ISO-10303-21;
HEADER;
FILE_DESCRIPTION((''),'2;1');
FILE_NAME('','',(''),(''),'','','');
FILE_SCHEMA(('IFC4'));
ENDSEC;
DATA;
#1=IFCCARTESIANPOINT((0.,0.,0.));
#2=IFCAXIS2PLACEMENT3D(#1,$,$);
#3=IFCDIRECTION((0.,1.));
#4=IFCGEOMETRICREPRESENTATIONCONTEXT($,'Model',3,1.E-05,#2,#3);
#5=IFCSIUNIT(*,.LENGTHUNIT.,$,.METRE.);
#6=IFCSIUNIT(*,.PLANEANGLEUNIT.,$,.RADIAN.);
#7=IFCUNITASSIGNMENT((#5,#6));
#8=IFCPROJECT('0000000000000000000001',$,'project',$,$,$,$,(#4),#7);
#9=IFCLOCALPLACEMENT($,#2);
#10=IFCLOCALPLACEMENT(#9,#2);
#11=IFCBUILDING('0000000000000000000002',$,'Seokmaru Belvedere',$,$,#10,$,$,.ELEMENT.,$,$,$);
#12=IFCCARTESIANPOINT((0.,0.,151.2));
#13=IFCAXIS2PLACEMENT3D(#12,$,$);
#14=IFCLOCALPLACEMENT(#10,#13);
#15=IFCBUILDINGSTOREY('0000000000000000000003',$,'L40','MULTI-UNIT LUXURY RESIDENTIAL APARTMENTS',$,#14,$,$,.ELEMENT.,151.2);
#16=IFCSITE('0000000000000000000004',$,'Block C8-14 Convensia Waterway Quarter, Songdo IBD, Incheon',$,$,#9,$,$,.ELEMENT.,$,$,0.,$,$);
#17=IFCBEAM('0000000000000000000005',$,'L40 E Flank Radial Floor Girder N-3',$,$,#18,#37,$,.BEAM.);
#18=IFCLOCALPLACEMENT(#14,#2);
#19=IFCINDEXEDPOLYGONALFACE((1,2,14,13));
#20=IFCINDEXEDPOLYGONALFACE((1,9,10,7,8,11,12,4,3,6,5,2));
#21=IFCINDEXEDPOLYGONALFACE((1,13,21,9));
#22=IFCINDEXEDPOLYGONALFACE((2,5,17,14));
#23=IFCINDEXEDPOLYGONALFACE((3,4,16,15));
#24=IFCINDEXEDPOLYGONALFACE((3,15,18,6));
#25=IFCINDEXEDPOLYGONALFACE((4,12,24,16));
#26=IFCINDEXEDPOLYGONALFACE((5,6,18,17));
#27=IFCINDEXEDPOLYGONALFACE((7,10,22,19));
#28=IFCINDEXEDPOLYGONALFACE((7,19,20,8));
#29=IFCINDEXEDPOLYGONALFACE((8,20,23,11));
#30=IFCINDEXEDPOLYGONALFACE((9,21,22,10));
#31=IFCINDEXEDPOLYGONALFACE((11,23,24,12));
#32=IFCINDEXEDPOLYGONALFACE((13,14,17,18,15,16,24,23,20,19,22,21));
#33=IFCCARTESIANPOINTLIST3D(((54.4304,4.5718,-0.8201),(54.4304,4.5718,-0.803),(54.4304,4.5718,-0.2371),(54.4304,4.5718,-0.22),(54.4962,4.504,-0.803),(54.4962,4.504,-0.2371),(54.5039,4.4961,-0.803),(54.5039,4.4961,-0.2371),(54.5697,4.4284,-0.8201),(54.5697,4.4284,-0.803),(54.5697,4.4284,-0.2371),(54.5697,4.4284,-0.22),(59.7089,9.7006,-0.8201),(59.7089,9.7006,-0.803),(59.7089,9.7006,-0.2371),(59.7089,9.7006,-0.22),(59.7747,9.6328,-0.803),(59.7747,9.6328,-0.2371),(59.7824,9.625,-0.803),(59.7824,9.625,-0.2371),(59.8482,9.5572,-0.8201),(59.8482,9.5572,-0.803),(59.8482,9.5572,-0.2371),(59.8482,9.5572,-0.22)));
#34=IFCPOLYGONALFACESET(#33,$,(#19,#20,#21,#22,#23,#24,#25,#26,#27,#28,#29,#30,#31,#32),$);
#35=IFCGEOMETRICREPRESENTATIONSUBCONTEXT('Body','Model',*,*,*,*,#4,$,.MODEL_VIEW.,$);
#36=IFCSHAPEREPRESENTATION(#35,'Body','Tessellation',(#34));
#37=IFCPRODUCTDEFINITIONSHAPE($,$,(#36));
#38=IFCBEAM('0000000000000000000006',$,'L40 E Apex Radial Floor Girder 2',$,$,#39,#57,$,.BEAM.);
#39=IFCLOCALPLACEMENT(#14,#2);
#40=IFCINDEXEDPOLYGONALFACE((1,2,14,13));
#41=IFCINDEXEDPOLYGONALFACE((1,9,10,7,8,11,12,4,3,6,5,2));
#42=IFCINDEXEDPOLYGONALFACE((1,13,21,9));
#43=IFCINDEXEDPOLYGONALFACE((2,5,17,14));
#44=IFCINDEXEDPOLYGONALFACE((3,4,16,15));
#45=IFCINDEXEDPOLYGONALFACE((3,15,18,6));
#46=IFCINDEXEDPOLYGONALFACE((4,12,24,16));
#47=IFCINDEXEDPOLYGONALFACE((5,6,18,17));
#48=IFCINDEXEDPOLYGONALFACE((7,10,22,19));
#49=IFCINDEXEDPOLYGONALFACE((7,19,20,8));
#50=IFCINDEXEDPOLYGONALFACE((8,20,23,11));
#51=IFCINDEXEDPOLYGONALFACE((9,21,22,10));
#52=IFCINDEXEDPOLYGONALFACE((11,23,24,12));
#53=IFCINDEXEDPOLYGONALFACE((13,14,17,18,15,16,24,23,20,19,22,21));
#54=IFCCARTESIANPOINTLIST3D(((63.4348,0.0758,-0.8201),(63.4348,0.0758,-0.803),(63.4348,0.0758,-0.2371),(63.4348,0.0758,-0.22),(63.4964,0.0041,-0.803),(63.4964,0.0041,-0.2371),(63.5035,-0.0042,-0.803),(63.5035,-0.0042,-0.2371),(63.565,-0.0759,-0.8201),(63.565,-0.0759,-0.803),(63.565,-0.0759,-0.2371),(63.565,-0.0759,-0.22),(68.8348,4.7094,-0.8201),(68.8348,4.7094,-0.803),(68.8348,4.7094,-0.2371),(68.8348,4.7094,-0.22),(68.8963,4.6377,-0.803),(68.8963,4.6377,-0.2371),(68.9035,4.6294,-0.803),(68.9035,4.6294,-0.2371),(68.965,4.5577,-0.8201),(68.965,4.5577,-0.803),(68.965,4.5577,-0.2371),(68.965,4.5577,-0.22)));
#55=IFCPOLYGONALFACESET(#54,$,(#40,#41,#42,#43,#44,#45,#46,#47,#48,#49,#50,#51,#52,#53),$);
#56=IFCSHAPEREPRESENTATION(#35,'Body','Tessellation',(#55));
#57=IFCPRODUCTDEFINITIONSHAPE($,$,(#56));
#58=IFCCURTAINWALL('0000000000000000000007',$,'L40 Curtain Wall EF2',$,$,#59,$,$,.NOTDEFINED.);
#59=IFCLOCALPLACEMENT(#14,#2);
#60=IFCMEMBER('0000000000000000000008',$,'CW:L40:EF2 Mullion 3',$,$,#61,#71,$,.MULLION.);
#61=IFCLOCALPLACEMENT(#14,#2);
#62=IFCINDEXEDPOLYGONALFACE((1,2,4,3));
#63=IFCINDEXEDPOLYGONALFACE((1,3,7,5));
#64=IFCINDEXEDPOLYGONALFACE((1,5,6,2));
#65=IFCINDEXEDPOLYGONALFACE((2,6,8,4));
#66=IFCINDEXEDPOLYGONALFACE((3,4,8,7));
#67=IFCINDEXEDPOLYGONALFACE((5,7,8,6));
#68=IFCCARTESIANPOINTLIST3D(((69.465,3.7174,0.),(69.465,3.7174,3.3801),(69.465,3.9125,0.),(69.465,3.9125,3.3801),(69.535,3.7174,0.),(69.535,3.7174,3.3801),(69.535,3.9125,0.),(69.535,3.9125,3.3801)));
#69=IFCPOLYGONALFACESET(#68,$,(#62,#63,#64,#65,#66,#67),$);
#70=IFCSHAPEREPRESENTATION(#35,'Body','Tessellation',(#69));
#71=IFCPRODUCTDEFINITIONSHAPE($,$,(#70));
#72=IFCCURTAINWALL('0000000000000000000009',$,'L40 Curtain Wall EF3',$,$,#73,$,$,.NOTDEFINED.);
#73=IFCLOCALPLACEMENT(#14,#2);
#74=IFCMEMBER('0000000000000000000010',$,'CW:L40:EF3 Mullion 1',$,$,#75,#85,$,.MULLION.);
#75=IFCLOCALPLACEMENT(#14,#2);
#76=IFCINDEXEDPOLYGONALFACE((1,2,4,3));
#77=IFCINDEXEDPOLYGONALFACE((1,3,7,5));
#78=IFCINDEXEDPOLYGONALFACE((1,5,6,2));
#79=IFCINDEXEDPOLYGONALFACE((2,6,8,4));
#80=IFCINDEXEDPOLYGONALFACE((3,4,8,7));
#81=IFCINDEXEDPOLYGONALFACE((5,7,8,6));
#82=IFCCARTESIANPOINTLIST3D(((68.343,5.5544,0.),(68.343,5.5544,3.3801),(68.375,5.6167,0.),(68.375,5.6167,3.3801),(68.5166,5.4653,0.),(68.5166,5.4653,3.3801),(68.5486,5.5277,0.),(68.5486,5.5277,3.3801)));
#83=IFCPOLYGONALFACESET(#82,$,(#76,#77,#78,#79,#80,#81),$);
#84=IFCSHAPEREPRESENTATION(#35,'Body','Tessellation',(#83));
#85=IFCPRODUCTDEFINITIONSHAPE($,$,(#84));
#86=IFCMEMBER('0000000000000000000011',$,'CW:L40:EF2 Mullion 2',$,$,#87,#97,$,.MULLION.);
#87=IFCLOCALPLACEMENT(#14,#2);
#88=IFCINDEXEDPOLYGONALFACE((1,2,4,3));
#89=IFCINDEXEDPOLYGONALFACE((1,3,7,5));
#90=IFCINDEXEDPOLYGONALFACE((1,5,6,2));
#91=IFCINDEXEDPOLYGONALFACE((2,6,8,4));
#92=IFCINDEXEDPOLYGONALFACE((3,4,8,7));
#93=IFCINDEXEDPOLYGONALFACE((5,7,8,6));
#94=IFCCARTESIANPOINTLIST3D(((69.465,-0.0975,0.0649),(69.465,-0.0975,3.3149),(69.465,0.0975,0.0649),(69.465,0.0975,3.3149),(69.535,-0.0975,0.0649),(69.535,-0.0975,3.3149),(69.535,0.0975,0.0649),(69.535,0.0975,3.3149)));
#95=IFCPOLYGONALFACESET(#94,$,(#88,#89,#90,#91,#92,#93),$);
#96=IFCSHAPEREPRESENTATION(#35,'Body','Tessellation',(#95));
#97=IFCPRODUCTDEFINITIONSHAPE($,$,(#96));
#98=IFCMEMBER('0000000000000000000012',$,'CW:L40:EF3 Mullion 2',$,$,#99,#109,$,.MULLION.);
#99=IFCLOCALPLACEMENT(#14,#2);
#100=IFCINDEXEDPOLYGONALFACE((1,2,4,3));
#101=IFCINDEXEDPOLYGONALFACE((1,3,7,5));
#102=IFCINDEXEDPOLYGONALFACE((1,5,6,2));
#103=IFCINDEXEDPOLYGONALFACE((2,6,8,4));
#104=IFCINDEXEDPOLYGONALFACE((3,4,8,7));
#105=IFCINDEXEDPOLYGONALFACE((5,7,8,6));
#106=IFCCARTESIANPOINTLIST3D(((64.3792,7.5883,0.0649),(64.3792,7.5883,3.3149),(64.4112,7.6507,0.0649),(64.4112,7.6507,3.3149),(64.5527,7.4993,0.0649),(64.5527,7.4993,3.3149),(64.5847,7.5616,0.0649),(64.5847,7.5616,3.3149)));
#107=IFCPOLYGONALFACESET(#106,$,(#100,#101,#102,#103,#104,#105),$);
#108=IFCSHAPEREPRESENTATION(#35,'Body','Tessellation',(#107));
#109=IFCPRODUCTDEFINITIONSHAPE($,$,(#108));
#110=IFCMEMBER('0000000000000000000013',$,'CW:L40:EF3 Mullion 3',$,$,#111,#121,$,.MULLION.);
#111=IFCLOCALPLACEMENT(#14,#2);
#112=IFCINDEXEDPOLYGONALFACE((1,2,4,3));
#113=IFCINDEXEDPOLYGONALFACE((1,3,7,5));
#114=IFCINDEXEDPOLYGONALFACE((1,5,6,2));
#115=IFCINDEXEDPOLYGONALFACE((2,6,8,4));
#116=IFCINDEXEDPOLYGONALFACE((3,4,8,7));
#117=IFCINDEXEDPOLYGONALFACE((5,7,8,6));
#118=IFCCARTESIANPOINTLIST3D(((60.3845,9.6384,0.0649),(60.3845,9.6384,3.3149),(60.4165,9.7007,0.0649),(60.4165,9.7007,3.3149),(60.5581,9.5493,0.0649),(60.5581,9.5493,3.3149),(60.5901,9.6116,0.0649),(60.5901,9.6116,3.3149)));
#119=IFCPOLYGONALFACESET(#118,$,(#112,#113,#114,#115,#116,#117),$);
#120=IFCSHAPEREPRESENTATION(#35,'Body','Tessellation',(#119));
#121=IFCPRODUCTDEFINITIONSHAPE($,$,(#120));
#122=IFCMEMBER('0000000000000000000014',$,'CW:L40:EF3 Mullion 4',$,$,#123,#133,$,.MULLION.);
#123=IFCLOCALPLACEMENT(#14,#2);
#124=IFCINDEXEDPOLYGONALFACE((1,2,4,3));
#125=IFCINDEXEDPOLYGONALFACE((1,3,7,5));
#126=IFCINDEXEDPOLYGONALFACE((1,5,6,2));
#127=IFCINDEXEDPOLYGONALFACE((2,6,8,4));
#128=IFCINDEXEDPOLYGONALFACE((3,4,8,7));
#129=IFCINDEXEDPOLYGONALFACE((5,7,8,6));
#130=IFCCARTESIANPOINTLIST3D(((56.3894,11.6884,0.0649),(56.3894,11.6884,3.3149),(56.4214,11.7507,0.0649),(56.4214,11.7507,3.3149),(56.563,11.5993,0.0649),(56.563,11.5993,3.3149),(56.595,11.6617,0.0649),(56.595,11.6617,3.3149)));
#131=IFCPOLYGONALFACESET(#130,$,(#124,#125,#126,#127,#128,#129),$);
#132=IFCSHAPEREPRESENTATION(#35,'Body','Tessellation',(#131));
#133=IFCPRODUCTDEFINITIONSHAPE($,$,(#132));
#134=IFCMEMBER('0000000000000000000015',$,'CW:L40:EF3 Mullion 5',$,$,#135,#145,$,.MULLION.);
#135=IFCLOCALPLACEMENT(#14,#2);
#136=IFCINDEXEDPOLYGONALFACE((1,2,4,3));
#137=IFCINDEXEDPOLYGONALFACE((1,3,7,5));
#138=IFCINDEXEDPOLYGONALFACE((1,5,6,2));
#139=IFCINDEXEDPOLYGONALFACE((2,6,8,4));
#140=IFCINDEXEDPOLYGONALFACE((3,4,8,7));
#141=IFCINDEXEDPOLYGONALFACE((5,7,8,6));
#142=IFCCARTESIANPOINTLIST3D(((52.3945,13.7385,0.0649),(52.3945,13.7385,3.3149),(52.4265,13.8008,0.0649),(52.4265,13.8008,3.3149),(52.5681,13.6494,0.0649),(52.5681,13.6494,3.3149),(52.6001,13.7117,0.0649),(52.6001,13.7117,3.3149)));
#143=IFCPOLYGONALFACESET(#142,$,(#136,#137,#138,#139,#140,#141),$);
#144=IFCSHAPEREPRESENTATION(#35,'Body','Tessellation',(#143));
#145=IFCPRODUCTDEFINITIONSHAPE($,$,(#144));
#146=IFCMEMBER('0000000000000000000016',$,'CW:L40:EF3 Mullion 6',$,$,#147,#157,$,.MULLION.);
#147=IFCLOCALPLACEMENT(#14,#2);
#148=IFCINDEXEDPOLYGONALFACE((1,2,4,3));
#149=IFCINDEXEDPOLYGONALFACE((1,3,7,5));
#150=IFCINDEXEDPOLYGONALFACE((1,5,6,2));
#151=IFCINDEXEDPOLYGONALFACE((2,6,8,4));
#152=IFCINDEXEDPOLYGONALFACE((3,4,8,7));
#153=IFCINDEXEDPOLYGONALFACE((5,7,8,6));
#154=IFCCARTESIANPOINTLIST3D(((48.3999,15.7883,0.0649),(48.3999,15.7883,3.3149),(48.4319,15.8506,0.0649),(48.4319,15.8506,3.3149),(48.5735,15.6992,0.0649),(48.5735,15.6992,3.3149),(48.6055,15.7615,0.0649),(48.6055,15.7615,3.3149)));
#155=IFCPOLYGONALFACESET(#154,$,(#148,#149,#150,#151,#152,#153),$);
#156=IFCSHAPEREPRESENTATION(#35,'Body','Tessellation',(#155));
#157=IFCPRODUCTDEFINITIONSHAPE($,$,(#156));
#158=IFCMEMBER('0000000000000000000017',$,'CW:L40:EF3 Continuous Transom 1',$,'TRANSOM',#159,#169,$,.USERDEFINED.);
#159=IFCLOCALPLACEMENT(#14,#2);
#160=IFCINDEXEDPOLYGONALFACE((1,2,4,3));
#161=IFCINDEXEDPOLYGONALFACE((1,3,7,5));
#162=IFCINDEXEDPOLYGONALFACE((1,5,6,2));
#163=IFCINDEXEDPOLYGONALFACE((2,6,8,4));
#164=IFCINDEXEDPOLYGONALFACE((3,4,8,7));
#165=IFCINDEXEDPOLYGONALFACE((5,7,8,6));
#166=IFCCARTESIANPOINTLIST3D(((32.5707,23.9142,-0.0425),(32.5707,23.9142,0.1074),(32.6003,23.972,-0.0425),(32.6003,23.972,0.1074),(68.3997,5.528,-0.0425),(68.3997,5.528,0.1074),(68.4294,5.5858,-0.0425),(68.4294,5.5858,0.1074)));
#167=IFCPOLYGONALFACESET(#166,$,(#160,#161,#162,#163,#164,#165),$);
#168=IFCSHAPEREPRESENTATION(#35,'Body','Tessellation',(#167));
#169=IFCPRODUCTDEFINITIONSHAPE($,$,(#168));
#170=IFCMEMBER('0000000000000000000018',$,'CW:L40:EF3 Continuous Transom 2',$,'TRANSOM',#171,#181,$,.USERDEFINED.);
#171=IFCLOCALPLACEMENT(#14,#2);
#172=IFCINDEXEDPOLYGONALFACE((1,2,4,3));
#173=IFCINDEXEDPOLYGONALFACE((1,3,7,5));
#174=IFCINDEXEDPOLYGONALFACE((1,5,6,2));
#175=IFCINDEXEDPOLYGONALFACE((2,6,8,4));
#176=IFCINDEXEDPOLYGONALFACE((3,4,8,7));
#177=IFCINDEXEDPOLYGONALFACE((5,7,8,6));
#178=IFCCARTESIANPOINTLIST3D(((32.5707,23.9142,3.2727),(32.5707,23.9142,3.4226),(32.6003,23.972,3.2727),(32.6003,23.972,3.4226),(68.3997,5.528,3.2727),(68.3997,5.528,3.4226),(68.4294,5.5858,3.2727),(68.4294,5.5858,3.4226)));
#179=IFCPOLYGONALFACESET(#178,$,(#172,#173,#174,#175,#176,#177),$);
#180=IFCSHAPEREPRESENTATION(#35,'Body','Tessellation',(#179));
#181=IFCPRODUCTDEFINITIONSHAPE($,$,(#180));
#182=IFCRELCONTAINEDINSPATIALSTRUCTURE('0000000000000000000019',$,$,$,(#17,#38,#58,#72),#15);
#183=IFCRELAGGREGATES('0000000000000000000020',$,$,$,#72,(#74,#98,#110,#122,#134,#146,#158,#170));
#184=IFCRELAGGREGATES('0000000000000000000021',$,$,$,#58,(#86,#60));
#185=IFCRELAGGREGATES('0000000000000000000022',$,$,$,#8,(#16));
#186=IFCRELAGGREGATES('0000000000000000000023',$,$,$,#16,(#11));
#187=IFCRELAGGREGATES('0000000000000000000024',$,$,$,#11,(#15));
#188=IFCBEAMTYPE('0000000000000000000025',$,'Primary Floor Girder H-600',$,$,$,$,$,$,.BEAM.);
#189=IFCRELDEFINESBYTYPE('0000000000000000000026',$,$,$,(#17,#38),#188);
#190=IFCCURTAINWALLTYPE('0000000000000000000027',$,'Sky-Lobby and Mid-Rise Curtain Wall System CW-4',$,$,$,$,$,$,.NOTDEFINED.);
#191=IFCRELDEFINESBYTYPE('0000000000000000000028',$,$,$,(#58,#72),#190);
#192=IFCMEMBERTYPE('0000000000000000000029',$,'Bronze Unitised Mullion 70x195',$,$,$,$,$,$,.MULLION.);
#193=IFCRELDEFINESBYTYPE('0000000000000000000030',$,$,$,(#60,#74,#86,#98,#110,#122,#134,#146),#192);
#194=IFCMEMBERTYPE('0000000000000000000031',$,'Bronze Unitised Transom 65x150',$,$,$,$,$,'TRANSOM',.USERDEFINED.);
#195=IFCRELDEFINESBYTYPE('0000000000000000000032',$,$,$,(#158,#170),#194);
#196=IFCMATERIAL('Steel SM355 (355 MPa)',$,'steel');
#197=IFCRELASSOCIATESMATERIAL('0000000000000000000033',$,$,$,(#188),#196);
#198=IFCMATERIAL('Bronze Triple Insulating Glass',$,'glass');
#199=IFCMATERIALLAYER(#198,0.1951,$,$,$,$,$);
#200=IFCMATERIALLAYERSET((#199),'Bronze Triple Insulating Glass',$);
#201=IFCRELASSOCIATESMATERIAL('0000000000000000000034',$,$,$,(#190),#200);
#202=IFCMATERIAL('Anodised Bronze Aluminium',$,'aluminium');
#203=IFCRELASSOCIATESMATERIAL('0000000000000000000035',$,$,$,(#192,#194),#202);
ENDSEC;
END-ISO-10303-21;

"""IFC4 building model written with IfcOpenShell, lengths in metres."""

from ifc_helpers import new_model, si_unit, direction, frame, origin, origin_2d, place, context, subcontext, project, spatial, rectangle, i_section, extrude, source, transform, mapped, material, layer, layer_set, material_profile, profile_set, type_object, type_shapes, element, aggregate, save


model = new_model("IFC4")

# Units and contexts
model_context = context("Model", 3, precision=1e-05, world=origin(), true_north=direction((0.0, 1.0)))
body_context = subcontext(model_context, "Body", "Model", "MODEL_VIEW")
ifc_project = project(units=[si_unit("LENGTHUNIT", "METRE"), si_unit("PLANEANGLEUNIT", "RADIAN")], contexts=[model_context])

# Site, building, storey
site_placement = place(None, origin())
site = spatial("IfcSite", under=ifc_project, at=site_placement, Name="Block C8-14 Convensia Waterway Quarter, Songdo IBD, Incheon", CompositionType="ELEMENT", RefElevation=0.0)
building_placement = place(site_placement, origin())
building = spatial("IfcBuilding", under=site, at=building_placement, Name="Seokmaru Belvedere", CompositionType="ELEMENT")
storey_placement = place(building_placement, frame((0.0, 0.0, 151.2)))
storey = spatial("IfcBuildingStorey", under=building, at=storey_placement, Name="L40", Description="MULTI-UNIT LUXURY RESIDENTIAL APARTMENTS", CompositionType="ELEMENT", Elevation=151.2)

# Shared definitions
ifc_material_1 = material(Name="Steel SM355 (355 MPa)", Category="steel")

# Beams
ifc_material_profile_1 = material_profile(ifc_material_1, i_section(OverallWidth=0.2, OverallDepth=0.6001, WebThickness=0.011, FlangeThickness=0.0171, at=origin_2d()), Name="H-600x200x11x17")
ifc_profile_set_1 = profile_set([ifc_material_profile_1], Name="Steel SM355 (355 MPa)")
beam_type_1 = type_object("IfcBeamType", Name="Primary Floor Girder H-600", PredefinedType="BEAM", material=ifc_profile_set_1)
shared_shape_1 = source(origin(), body_context, "Body", "SweptSolid", [
    extrude(i_section(OverallWidth=0.2, OverallDepth=0.6001, WebThickness=0.011, FlangeThickness=0.0171, at=origin_2d()), origin(), (0.0, 0.0, 1.0), 7.3599),
])
beam_1_placement = place(storey_placement, frame((59.7786, 9.6289, -0.52), z_axis=(-0.717201, -0.696867, 0.0), x_axis=(0.696867, -0.717201, 0.0)))
element("IfcBeam", 1, at=beam_1_placement, inside=storey, type_object=beam_type_1, Name="L40 E Flank Radial Floor Girder N-3", PredefinedType="BEAM", context=body_context, shape_type="MappedRepresentation", body=[
    mapped(shared_shape_1, transform((0.0, 0.0, 0.0), scale=1.0)),
])
shared_shape_2 = source(origin(), body_context, "Body", "SweptSolid", [
    extrude(i_section(OverallWidth=0.2, OverallDepth=0.6001, WebThickness=0.011, FlangeThickness=0.0171, at=origin_2d()), origin(), (0.0, 0.0, 1.0), 7.1155),
])
beam_2_placement = place(storey_placement, frame((68.8999, 4.6335, -0.52), z_axis=(-0.758905, -0.651201, 0.0), x_axis=(0.651201, -0.758905, 0.0)))
element("IfcBeam", 2, at=beam_2_placement, inside=storey, type_object=beam_type_1, Name="L40 E Apex Radial Floor Girder 2", PredefinedType="BEAM", context=body_context, shape_type="MappedRepresentation", body=[
    mapped(shared_shape_2, transform((0.0, 0.0, 0.0), scale=1.0)),
])

# Curtain walls, members
ifc_material_2 = material(Name="Bronze Triple Insulating Glass", Category="glass")
ifc_layer_1 = layer(ifc_material_2, 0.1951)
ifc_layer_set_1 = layer_set([ifc_layer_1], Name="Bronze Triple Insulating Glass")
curtain_wall_type = type_object("IfcCurtainWallType", Name="Sky-Lobby and Mid-Rise Curtain Wall System CW-4", PredefinedType="NOTDEFINED", material=ifc_layer_set_1)
curtain_wall_1_placement = place(storey_placement, origin())
curtain_wall_1 = element("IfcCurtainWall", 3, at=curtain_wall_1_placement, inside=storey, type_object=curtain_wall_type, Name="L40 Curtain Wall EF2", PredefinedType="NOTDEFINED")
ifc_material_3 = material(Name="Anodised Bronze Aluminium", Category="aluminium")
ifc_material_profile_2 = material_profile(ifc_material_3, rectangle(XDim=0.0701, YDim=0.1951, at=origin_2d()), Name="CW-M-70x195")
ifc_profile_set_2 = profile_set([ifc_material_profile_2], Name="Anodised Bronze Aluminium")
member_type_1 = type_object("IfcMemberType", Name="Bronze Unitised Mullion 70x195", PredefinedType="MULLION", material=ifc_profile_set_2)
shared_shape_3 = source(origin(), body_context, "Body", "SweptSolid", [
    extrude(rectangle(XDim=0.0701, YDim=0.1951, at=origin_2d()), origin(), (0.0, 0.0, 1.0), 3.3801),
])
member_1_placement = place(storey_placement, frame((69.5, 3.8149, 0.0), z_axis=(0.0, 0.0, 1.0), x_axis=(-1.0, 0.0, 0.0)))
member_1 = element("IfcMember", 4, at=member_1_placement, type_object=member_type_1, Name="CW:L40:EF2 Mullion 3", PredefinedType="MULLION", context=body_context, shape_type="MappedRepresentation", body=[
    mapped(shared_shape_3, transform((0.0, 0.0, 0.0), scale=1.0)),
])
curtain_wall_2_placement = place(storey_placement, origin())
curtain_wall_2 = element("IfcCurtainWall", 5, at=curtain_wall_2_placement, inside=storey, type_object=curtain_wall_type, Name="L40 Curtain Wall EF3", PredefinedType="NOTDEFINED")
member_2_placement = place(storey_placement, frame((68.4458, 5.541, 0.0), z_axis=(0.0, 0.0, 1.0), x_axis=(-0.456555, -0.889695, 0.0)))
member_2 = element("IfcMember", 6, at=member_2_placement, type_object=member_type_1, Name="CW:L40:EF3 Mullion 1", PredefinedType="MULLION", context=body_context, shape_type="MappedRepresentation", body=[
    mapped(shared_shape_3, transform((0.0, 0.0, 0.0), scale=1.0)),
])

# Members
shared_shape_4 = source(origin(), body_context, "Body", "SweptSolid", [
    extrude(rectangle(XDim=0.0701, YDim=0.1951, at=origin_2d()), origin(), (0.0, 0.0, 1.0), 3.25),
])
type_shapes(member_type_1, [shared_shape_3, shared_shape_4])
member_3_placement = place(storey_placement, frame((69.5, 0.0, 0.0649), z_axis=(0.0, 0.0, 1.0), x_axis=(-1.0, 0.0, 0.0)))
member_3 = element("IfcMember", 7, at=member_3_placement, type_object=member_type_1, Name="CW:L40:EF2 Mullion 2", PredefinedType="MULLION", context=body_context, shape_type="MappedRepresentation", body=[
    mapped(shared_shape_4, transform((0.0, 0.0, 0.0), scale=1.0)),
])
member_4_placement = place(storey_placement, frame((64.4819, 7.575, 0.0649), z_axis=(0.0, 0.0, 1.0), x_axis=(-0.456555, -0.889695, 0.0)))
member_4 = element("IfcMember", 8, at=member_4_placement, type_object=member_type_1, Name="CW:L40:EF3 Mullion 2", PredefinedType="MULLION", context=body_context, shape_type="MappedRepresentation", body=[
    mapped(shared_shape_4, transform((0.0, 0.0, 0.0), scale=1.0)),
])
member_5_placement = place(storey_placement, frame((60.4873, 9.625, 0.0649), z_axis=(0.0, 0.0, 1.0), x_axis=(-0.456555, -0.889695, 0.0)))
member_5 = element("IfcMember", 9, at=member_5_placement, type_object=member_type_1, Name="CW:L40:EF3 Mullion 3", PredefinedType="MULLION", context=body_context, shape_type="MappedRepresentation", body=[
    mapped(shared_shape_4, transform((0.0, 0.0, 0.0), scale=1.0)),
])
member_6_placement = place(storey_placement, frame((56.4922, 11.675, 0.0649), z_axis=(0.0, 0.0, 1.0), x_axis=(-0.456555, -0.889695, 0.0)))
member_6 = element("IfcMember", 10, at=member_6_placement, type_object=member_type_1, Name="CW:L40:EF3 Mullion 4", PredefinedType="MULLION", context=body_context, shape_type="MappedRepresentation", body=[
    mapped(shared_shape_4, transform((0.0, 0.0, 0.0), scale=1.0)),
])
member_7_placement = place(storey_placement, frame((52.4973, 13.7251, 0.0649), z_axis=(0.0, 0.0, 1.0), x_axis=(-0.456555, -0.889695, 0.0)))
member_7 = element("IfcMember", 11, at=member_7_placement, type_object=member_type_1, Name="CW:L40:EF3 Mullion 5", PredefinedType="MULLION", context=body_context, shape_type="MappedRepresentation", body=[
    mapped(shared_shape_4, transform((0.0, 0.0, 0.0), scale=1.0)),
])
member_8_placement = place(storey_placement, frame((48.5027, 15.7749, 0.0649), z_axis=(0.0, 0.0, 1.0), x_axis=(-0.456555, -0.889695, 0.0)))
member_8 = element("IfcMember", 12, at=member_8_placement, type_object=member_type_1, Name="CW:L40:EF3 Mullion 6", PredefinedType="MULLION", context=body_context, shape_type="MappedRepresentation", body=[
    mapped(shared_shape_4, transform((0.0, 0.0, 0.0), scale=1.0)),
])
ifc_material_profile_3 = material_profile(ifc_material_3, rectangle(XDim=0.0649, YDim=0.1499, at=origin_2d()), Name="CW-T-65x150")
ifc_profile_set_3 = profile_set([ifc_material_profile_3], Name="Anodised Bronze Aluminium")
member_type_2 = type_object("IfcMemberType", Name="Bronze Unitised Transom 65x150", ElementType="TRANSOM", PredefinedType="USERDEFINED", material=ifc_profile_set_3)
shared_shape_5 = source(origin(), body_context, "Body", "SweptSolid", [
    extrude(rectangle(XDim=0.0649, YDim=0.1499, at=origin_2d()), origin(), (0.0, 0.0, 1.0), 40.2712),
])
type_shapes(member_type_2, [shared_shape_5])
member_9_placement = place(storey_placement, frame((68.4146, 5.5569, 0.0325), z_axis=(-0.889693, 0.456559, 0.0), x_axis=(-0.456559, -0.889693, 0.0)))
member_9 = element("IfcMember", 13, at=member_9_placement, type_object=member_type_2, Name="CW:L40:EF3 Continuous Transom 1", ObjectType="TRANSOM", PredefinedType="USERDEFINED", context=body_context, shape_type="MappedRepresentation", body=[
    mapped(shared_shape_5, transform((0.0, 0.0, 0.0), scale=1.0)),
])
member_10_placement = place(storey_placement, frame((68.4146, 5.5569, 3.3477), z_axis=(-0.889693, 0.456559, 0.0), x_axis=(-0.456559, -0.889693, 0.0)))
member_10 = element("IfcMember", 14, at=member_10_placement, type_object=member_type_2, Name="CW:L40:EF3 Continuous Transom 2", ObjectType="TRANSOM", PredefinedType="USERDEFINED", context=body_context, shape_type="MappedRepresentation", body=[
    mapped(shared_shape_5, transform((0.0, 0.0, 0.0), scale=1.0)),
])

aggregate(curtain_wall_2, [member_2, member_4, member_5, member_6, member_7, member_8, member_9, member_10])
aggregate(curtain_wall_1, [member_3, member_1])

save(model, "model.ifc")
